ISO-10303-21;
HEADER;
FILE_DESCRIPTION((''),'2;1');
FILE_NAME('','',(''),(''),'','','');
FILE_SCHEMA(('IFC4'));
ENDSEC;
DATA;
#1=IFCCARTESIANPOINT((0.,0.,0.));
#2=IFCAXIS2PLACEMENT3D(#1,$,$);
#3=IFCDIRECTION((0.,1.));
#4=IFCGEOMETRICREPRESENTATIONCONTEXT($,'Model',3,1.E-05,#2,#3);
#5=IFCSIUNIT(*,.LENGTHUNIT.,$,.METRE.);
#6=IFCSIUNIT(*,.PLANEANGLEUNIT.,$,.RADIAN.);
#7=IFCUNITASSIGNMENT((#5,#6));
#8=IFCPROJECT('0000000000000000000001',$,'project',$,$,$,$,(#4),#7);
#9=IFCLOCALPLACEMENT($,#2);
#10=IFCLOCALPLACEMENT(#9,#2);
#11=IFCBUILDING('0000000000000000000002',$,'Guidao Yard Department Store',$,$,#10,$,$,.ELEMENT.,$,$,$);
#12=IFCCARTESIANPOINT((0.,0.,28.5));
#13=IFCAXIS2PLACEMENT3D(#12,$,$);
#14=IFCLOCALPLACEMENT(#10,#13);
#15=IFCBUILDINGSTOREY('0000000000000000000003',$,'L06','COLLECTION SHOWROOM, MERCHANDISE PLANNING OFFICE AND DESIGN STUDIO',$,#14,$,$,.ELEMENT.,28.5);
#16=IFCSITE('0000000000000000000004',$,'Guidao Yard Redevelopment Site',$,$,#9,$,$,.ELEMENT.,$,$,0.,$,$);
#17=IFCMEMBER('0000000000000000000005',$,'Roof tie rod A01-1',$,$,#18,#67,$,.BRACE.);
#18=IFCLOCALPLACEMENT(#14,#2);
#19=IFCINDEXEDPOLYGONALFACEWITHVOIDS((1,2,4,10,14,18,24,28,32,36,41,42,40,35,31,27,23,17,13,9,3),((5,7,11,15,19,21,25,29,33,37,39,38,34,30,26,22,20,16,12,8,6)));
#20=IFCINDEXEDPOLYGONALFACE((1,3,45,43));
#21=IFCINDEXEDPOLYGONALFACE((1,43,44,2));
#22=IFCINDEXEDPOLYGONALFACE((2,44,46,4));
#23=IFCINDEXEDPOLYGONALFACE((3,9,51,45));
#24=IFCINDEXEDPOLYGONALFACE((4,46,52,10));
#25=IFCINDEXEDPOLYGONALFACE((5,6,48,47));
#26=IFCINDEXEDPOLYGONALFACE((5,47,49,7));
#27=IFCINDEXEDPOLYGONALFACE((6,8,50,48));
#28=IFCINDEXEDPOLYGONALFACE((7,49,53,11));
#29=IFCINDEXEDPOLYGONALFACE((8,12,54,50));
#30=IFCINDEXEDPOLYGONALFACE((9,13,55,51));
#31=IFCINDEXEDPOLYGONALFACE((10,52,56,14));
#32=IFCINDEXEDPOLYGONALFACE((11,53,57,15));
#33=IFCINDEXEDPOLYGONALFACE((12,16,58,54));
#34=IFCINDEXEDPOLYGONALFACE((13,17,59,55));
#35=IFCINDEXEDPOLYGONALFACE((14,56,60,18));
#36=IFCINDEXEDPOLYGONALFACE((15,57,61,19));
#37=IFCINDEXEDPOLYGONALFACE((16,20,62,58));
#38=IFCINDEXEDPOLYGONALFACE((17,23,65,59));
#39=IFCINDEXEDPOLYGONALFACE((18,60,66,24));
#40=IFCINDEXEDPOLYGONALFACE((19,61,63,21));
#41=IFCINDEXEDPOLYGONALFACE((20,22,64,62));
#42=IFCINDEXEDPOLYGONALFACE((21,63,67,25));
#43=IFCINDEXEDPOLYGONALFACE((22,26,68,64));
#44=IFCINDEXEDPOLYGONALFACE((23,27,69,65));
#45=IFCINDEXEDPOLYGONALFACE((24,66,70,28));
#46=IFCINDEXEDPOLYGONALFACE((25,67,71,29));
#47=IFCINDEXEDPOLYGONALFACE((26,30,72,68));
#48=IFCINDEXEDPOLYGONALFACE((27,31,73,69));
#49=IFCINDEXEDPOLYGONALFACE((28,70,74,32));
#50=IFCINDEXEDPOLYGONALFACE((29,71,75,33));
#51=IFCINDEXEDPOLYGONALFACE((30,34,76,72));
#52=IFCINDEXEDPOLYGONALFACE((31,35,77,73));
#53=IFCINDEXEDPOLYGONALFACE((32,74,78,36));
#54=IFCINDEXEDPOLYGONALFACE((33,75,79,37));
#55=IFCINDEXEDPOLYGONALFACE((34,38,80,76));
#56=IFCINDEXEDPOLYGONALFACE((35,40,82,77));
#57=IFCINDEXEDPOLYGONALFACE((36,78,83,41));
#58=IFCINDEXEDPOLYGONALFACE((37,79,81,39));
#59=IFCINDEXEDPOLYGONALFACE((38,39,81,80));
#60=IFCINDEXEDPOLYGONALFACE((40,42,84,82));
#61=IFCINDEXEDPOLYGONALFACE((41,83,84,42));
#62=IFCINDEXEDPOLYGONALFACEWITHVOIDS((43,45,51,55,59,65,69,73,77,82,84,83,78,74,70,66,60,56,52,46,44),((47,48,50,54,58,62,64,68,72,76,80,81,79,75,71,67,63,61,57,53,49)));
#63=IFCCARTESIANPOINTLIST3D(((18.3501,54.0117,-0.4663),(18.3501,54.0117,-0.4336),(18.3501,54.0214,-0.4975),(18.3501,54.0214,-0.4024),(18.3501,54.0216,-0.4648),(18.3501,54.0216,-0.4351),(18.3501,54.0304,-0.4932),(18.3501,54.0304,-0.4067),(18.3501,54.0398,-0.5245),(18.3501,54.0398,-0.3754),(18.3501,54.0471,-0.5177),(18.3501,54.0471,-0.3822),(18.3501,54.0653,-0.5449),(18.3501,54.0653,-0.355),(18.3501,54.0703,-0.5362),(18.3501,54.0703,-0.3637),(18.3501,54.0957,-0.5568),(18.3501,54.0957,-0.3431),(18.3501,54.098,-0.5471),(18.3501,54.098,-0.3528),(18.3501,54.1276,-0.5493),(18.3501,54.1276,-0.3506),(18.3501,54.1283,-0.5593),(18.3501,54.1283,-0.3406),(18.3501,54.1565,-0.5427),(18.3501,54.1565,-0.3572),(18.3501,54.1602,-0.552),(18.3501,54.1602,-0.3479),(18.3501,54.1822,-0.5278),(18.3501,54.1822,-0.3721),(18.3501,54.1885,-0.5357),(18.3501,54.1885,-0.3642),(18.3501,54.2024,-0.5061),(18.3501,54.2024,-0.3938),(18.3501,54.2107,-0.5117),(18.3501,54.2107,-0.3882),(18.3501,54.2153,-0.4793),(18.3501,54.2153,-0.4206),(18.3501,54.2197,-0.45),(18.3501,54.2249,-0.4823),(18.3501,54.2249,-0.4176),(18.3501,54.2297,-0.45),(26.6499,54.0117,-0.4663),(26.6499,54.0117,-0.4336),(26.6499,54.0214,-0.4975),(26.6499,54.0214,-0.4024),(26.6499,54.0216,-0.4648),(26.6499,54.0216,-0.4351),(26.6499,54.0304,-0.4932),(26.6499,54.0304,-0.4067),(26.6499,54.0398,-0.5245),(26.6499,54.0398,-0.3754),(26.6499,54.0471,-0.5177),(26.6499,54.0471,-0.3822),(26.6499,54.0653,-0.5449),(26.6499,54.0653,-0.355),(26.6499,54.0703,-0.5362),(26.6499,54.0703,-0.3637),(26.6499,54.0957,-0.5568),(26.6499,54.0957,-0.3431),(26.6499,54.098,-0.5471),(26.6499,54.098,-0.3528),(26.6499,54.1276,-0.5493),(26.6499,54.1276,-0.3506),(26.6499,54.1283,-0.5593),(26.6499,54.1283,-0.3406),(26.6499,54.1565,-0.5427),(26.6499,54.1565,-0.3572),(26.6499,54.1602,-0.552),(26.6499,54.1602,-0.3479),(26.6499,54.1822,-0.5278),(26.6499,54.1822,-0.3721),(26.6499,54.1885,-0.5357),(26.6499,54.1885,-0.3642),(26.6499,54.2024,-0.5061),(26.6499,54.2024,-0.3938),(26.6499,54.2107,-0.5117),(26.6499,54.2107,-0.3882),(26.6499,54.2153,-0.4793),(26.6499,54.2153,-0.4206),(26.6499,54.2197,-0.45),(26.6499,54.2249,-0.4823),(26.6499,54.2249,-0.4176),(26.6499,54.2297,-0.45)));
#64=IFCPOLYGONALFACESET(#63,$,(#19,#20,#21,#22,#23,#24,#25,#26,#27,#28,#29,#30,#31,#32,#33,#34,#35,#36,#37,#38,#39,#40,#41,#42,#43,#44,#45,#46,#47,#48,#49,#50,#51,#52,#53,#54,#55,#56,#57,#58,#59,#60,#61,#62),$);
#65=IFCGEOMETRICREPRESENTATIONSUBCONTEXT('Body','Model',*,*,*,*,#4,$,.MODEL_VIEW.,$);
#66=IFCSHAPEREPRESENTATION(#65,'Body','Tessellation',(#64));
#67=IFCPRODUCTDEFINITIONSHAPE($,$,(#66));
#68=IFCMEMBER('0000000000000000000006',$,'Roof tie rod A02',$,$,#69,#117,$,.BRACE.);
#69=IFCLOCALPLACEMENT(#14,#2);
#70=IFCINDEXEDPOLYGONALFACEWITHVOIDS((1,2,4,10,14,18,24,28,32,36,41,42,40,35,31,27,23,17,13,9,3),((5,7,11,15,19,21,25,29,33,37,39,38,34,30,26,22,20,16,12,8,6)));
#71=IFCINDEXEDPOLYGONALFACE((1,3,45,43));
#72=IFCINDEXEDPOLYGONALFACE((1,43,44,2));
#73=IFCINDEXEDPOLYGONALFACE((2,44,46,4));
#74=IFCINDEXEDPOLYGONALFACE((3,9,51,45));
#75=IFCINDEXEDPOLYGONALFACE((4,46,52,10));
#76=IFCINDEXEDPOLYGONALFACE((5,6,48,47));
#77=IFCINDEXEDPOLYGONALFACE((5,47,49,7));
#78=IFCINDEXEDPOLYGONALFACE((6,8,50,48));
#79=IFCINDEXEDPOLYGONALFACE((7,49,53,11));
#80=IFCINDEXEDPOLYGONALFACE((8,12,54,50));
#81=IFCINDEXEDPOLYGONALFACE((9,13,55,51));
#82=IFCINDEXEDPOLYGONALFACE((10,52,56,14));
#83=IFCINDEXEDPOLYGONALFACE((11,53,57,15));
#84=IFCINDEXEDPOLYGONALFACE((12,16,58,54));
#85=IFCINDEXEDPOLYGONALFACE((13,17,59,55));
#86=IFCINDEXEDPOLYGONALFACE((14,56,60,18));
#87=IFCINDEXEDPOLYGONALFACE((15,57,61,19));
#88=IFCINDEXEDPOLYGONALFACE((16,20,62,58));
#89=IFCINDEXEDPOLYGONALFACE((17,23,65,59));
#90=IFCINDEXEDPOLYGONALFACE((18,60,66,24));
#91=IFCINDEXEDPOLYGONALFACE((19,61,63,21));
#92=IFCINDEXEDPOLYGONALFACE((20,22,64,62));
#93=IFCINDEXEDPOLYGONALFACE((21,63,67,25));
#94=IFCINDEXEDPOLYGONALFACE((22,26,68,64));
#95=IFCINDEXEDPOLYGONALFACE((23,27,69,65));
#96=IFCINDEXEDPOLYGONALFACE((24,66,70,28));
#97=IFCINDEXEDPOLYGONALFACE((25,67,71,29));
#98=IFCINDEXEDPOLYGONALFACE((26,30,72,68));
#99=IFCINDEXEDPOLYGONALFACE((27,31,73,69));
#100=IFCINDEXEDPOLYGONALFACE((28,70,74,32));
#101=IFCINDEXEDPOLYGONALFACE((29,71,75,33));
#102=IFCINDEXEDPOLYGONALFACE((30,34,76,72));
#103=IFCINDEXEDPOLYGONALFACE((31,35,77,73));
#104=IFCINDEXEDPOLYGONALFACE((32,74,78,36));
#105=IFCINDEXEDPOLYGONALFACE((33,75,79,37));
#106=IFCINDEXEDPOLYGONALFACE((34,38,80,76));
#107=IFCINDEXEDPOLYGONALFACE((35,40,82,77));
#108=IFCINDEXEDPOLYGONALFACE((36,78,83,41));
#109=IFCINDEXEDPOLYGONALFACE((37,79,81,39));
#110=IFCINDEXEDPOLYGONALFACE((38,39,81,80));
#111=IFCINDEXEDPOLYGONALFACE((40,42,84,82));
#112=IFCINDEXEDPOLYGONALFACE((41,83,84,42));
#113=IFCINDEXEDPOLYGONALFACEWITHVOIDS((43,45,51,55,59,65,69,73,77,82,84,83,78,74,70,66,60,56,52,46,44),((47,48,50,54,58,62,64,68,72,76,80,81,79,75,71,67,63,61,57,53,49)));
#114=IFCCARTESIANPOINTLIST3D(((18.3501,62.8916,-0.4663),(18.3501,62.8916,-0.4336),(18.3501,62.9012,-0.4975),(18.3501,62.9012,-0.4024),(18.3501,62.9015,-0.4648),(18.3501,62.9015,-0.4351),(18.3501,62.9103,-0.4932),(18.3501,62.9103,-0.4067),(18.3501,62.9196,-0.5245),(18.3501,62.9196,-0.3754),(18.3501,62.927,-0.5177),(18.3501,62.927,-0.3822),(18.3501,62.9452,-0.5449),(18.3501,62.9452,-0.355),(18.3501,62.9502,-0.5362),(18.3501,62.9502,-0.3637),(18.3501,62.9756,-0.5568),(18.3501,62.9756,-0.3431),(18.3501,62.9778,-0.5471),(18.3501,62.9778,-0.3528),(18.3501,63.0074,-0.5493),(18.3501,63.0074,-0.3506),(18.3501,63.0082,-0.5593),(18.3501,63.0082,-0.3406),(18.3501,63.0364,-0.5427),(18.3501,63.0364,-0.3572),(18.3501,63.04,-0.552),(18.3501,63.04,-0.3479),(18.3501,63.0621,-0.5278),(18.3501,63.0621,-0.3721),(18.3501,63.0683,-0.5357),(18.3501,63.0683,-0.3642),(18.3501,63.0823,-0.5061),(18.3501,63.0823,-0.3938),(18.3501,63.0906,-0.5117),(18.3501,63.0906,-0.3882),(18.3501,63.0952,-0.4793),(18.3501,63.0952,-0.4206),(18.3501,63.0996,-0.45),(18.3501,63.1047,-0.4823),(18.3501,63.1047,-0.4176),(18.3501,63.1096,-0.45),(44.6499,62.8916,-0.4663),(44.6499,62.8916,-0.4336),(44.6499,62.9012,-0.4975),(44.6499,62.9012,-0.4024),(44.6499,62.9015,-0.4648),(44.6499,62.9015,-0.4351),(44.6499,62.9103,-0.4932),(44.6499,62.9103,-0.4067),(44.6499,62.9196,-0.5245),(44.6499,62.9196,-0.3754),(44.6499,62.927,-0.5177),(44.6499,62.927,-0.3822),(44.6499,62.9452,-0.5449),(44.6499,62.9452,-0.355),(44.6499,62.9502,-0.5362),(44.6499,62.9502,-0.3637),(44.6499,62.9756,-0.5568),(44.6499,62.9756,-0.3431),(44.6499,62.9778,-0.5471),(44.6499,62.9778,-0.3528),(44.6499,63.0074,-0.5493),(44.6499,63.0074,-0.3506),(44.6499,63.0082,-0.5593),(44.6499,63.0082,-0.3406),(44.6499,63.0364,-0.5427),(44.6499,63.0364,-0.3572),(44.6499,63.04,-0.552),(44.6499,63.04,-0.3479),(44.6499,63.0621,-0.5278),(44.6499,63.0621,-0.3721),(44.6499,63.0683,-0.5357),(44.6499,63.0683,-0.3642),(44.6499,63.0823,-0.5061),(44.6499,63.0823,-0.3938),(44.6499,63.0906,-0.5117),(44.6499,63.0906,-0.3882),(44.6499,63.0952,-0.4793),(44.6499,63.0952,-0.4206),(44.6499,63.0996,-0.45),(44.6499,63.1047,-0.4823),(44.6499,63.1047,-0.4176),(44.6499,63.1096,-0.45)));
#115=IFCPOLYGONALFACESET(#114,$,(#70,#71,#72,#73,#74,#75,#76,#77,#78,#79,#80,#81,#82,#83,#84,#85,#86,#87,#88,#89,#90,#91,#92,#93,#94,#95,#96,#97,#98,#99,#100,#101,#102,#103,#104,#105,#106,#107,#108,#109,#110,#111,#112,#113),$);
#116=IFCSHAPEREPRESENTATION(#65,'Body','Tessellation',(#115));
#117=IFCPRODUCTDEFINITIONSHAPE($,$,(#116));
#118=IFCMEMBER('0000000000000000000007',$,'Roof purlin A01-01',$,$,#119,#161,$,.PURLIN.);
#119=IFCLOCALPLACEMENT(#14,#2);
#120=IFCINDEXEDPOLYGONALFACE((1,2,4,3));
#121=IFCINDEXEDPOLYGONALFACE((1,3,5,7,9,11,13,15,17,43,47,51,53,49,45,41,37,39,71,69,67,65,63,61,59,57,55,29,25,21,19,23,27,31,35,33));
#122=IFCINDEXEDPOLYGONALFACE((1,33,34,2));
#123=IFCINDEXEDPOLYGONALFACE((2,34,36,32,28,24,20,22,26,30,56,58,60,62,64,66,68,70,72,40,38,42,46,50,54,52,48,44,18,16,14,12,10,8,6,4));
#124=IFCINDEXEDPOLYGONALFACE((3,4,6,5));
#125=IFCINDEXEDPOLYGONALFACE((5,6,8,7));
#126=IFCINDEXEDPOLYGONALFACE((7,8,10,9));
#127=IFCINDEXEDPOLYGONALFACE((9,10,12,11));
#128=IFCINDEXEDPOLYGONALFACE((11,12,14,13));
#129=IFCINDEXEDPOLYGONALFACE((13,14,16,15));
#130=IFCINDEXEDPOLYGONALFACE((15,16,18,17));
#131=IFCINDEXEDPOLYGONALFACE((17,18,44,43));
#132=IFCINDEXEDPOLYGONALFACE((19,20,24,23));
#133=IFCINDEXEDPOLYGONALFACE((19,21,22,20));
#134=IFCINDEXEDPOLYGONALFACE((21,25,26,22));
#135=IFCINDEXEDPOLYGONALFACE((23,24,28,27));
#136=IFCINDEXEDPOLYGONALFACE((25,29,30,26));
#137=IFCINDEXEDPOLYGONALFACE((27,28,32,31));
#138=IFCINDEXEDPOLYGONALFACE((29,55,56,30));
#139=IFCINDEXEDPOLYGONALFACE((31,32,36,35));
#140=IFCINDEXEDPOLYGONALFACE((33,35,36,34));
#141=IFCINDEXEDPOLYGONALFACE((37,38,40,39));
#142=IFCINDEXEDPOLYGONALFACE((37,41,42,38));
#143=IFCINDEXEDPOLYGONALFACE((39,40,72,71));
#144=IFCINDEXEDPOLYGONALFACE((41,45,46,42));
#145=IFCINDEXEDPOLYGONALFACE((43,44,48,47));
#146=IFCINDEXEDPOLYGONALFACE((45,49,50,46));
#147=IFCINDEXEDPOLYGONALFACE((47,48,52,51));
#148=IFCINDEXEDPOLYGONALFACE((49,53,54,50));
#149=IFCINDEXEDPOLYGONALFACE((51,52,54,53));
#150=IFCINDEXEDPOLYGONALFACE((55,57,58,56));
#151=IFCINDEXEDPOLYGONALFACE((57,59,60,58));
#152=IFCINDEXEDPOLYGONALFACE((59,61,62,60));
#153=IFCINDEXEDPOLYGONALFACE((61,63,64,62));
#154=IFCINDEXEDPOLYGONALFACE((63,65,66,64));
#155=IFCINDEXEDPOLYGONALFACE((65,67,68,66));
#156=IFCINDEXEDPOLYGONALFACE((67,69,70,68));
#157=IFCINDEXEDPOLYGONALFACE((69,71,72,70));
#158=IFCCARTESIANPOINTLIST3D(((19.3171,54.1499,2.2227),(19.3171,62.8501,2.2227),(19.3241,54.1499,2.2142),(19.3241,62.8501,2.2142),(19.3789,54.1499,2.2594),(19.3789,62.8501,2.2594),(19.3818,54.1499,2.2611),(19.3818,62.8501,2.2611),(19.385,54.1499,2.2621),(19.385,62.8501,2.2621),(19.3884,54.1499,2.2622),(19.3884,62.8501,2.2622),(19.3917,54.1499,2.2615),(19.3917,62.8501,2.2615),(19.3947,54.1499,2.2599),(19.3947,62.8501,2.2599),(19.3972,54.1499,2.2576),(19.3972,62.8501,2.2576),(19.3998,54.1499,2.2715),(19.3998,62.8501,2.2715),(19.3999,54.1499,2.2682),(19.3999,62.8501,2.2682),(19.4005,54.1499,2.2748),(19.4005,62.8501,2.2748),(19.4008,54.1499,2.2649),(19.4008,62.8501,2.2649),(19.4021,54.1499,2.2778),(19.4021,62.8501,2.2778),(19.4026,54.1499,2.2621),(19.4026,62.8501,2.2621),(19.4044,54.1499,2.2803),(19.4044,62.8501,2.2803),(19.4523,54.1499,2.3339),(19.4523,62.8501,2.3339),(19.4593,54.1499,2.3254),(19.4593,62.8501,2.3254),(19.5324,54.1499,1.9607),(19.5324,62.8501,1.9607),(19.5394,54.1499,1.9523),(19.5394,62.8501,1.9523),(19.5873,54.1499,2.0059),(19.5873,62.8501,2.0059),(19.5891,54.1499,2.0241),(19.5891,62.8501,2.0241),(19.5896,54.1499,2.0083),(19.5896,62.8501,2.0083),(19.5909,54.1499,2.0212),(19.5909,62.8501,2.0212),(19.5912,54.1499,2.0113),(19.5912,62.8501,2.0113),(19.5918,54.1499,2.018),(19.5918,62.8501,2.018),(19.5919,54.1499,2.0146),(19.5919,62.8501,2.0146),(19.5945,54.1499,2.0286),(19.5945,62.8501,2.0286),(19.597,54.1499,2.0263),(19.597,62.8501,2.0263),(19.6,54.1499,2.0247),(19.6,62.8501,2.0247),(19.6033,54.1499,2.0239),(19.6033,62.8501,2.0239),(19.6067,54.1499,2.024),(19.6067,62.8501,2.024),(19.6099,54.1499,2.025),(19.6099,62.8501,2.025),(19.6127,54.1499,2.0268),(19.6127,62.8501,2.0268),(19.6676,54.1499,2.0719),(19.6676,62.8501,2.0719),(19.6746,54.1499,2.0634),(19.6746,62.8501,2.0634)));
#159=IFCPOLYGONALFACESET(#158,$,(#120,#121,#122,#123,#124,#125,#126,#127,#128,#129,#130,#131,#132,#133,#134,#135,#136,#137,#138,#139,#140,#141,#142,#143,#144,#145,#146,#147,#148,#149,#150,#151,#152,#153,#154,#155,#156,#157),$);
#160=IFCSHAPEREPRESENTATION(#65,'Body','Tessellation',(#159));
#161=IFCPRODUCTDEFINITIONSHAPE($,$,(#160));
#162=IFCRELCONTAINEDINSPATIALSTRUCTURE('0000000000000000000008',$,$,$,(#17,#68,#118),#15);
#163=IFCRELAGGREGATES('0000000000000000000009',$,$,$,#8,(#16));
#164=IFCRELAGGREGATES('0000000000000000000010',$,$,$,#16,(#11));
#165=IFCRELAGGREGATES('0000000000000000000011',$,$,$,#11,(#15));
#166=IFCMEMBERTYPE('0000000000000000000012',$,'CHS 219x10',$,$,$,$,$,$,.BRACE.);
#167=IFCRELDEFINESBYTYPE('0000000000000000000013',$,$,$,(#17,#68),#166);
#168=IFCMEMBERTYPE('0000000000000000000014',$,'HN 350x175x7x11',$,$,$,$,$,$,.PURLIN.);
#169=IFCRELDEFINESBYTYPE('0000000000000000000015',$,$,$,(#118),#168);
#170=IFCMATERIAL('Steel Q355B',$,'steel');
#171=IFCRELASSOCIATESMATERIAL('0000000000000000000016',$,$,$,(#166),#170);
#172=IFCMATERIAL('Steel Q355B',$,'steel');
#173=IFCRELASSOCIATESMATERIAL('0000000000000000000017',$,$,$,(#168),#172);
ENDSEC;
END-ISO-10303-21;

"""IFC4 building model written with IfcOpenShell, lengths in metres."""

from ifc_helpers import new_model, si_unit, direction, frame, origin, origin_2d, place, context, subcontext, project, spatial, hollow_circle, i_section, extrude, material, material_profile, profile_set, type_object, element, save


model = new_model("IFC4")

# Units and contexts
model_context = context("Model", 3, precision=1e-05, world=origin(), true_north=direction((0.0, 1.0)))
body_context = subcontext(model_context, "Body", "Model", "MODEL_VIEW")
ifc_project = project(units=[si_unit("LENGTHUNIT", "METRE"), si_unit("PLANEANGLEUNIT", "RADIAN")], contexts=[model_context])

# Site, building, storey
site_placement = place(None, origin())
site = spatial("IfcSite", under=ifc_project, at=site_placement, Name="Guidao Yard Redevelopment Site", CompositionType="ELEMENT", RefElevation=0.0)
building_placement = place(site_placement, origin())
building = spatial("IfcBuilding", under=site, at=building_placement, Name="Guidao Yard Department Store", CompositionType="ELEMENT")
storey_placement = place(building_placement, frame((0.0, 0.0, 28.5)))
storey = spatial("IfcBuildingStorey", under=building, at=storey_placement, Name="L06", Description="COLLECTION SHOWROOM, MERCHANDISE PLANNING OFFICE AND DESIGN STUDIO", CompositionType="ELEMENT", Elevation=28.5)

# Members
ifc_material_1 = material(Name="Steel Q355B", Category="steel")
ifc_material_profile_1 = material_profile(ifc_material_1, hollow_circle(Radius=0.1096, WallThickness=0.01, at=origin_2d()), Name="CHS 219x10")
ifc_profile_set_1 = profile_set([ifc_material_profile_1], Name="Steel Q355B")
member_type_1 = type_object("IfcMemberType", Name="CHS 219x10", PredefinedType="BRACE", material=ifc_profile_set_1)
member_1_placement = place(storey_placement, frame((18.3501, 54.1201, -0.45), z_axis=(1.0, 0.0, 0.0), x_axis=(0.0, 1.0, 0.0)))
element("IfcMember", 1, at=member_1_placement, inside=storey, type_object=member_type_1, Name="Roof tie rod A01-1", PredefinedType="BRACE", context=body_context, shape_type="SweptSolid", body=[
    extrude(hollow_circle(Radius=0.1096, WallThickness=0.01, at=origin_2d()), origin(), (0.0, 0.0, 1.0), 8.2998),
])
member_2_placement = place(storey_placement, frame((18.3501, 63.0, -0.45), z_axis=(1.0, 0.0, 0.0), x_axis=(0.0, 1.0, 0.0)))
element("IfcMember", 2, at=member_2_placement, inside=storey, type_object=member_type_1, Name="Roof tie rod A02", PredefinedType="BRACE", context=body_context, shape_type="SweptSolid", body=[
    extrude(hollow_circle(Radius=0.1096, WallThickness=0.01, at=origin_2d()), origin(), (0.0, 0.0, 1.0), 26.2998),
])
ifc_material_2 = material(Name="Steel Q355B", Category="steel")
ifc_material_profile_2 = material_profile(ifc_material_2, i_section(OverallWidth=0.175, OverallDepth=0.3501, WebThickness=0.0071, FlangeThickness=0.011, FilletRadius=0.0129, at=origin_2d()), Name="HN 350x175x7x11")
ifc_profile_set_2 = profile_set([ifc_material_profile_2], Name="Steel Q355B")
member_type_2 = type_object("IfcMemberType", Name="HN 350x175x7x11", PredefinedType="PURLIN", material=ifc_profile_set_2)
for number, where, z_axis, x_axis, name in (
    (3, (19.4958, 54.1499, 2.1431), (0.0, 1.0, 0.0), (-0.77257, 0.0, -0.63493), "Roof purlin A01-01"),
):
    element("IfcMember", number, at=place(storey_placement, frame(where, z_axis=z_axis, x_axis=x_axis)), inside=storey, type_object=member_type_2, Name=name, PredefinedType="PURLIN", context=body_context, shape_type="SweptSolid", body=[
        extrude(i_section(OverallWidth=0.175, OverallDepth=0.3501, WebThickness=0.0071, FlangeThickness=0.011, FilletRadius=0.0129, at=origin_2d()), origin(), (0.0, 0.0, 1.0), 8.7002),
    ])

save(model, "model.ifc")
